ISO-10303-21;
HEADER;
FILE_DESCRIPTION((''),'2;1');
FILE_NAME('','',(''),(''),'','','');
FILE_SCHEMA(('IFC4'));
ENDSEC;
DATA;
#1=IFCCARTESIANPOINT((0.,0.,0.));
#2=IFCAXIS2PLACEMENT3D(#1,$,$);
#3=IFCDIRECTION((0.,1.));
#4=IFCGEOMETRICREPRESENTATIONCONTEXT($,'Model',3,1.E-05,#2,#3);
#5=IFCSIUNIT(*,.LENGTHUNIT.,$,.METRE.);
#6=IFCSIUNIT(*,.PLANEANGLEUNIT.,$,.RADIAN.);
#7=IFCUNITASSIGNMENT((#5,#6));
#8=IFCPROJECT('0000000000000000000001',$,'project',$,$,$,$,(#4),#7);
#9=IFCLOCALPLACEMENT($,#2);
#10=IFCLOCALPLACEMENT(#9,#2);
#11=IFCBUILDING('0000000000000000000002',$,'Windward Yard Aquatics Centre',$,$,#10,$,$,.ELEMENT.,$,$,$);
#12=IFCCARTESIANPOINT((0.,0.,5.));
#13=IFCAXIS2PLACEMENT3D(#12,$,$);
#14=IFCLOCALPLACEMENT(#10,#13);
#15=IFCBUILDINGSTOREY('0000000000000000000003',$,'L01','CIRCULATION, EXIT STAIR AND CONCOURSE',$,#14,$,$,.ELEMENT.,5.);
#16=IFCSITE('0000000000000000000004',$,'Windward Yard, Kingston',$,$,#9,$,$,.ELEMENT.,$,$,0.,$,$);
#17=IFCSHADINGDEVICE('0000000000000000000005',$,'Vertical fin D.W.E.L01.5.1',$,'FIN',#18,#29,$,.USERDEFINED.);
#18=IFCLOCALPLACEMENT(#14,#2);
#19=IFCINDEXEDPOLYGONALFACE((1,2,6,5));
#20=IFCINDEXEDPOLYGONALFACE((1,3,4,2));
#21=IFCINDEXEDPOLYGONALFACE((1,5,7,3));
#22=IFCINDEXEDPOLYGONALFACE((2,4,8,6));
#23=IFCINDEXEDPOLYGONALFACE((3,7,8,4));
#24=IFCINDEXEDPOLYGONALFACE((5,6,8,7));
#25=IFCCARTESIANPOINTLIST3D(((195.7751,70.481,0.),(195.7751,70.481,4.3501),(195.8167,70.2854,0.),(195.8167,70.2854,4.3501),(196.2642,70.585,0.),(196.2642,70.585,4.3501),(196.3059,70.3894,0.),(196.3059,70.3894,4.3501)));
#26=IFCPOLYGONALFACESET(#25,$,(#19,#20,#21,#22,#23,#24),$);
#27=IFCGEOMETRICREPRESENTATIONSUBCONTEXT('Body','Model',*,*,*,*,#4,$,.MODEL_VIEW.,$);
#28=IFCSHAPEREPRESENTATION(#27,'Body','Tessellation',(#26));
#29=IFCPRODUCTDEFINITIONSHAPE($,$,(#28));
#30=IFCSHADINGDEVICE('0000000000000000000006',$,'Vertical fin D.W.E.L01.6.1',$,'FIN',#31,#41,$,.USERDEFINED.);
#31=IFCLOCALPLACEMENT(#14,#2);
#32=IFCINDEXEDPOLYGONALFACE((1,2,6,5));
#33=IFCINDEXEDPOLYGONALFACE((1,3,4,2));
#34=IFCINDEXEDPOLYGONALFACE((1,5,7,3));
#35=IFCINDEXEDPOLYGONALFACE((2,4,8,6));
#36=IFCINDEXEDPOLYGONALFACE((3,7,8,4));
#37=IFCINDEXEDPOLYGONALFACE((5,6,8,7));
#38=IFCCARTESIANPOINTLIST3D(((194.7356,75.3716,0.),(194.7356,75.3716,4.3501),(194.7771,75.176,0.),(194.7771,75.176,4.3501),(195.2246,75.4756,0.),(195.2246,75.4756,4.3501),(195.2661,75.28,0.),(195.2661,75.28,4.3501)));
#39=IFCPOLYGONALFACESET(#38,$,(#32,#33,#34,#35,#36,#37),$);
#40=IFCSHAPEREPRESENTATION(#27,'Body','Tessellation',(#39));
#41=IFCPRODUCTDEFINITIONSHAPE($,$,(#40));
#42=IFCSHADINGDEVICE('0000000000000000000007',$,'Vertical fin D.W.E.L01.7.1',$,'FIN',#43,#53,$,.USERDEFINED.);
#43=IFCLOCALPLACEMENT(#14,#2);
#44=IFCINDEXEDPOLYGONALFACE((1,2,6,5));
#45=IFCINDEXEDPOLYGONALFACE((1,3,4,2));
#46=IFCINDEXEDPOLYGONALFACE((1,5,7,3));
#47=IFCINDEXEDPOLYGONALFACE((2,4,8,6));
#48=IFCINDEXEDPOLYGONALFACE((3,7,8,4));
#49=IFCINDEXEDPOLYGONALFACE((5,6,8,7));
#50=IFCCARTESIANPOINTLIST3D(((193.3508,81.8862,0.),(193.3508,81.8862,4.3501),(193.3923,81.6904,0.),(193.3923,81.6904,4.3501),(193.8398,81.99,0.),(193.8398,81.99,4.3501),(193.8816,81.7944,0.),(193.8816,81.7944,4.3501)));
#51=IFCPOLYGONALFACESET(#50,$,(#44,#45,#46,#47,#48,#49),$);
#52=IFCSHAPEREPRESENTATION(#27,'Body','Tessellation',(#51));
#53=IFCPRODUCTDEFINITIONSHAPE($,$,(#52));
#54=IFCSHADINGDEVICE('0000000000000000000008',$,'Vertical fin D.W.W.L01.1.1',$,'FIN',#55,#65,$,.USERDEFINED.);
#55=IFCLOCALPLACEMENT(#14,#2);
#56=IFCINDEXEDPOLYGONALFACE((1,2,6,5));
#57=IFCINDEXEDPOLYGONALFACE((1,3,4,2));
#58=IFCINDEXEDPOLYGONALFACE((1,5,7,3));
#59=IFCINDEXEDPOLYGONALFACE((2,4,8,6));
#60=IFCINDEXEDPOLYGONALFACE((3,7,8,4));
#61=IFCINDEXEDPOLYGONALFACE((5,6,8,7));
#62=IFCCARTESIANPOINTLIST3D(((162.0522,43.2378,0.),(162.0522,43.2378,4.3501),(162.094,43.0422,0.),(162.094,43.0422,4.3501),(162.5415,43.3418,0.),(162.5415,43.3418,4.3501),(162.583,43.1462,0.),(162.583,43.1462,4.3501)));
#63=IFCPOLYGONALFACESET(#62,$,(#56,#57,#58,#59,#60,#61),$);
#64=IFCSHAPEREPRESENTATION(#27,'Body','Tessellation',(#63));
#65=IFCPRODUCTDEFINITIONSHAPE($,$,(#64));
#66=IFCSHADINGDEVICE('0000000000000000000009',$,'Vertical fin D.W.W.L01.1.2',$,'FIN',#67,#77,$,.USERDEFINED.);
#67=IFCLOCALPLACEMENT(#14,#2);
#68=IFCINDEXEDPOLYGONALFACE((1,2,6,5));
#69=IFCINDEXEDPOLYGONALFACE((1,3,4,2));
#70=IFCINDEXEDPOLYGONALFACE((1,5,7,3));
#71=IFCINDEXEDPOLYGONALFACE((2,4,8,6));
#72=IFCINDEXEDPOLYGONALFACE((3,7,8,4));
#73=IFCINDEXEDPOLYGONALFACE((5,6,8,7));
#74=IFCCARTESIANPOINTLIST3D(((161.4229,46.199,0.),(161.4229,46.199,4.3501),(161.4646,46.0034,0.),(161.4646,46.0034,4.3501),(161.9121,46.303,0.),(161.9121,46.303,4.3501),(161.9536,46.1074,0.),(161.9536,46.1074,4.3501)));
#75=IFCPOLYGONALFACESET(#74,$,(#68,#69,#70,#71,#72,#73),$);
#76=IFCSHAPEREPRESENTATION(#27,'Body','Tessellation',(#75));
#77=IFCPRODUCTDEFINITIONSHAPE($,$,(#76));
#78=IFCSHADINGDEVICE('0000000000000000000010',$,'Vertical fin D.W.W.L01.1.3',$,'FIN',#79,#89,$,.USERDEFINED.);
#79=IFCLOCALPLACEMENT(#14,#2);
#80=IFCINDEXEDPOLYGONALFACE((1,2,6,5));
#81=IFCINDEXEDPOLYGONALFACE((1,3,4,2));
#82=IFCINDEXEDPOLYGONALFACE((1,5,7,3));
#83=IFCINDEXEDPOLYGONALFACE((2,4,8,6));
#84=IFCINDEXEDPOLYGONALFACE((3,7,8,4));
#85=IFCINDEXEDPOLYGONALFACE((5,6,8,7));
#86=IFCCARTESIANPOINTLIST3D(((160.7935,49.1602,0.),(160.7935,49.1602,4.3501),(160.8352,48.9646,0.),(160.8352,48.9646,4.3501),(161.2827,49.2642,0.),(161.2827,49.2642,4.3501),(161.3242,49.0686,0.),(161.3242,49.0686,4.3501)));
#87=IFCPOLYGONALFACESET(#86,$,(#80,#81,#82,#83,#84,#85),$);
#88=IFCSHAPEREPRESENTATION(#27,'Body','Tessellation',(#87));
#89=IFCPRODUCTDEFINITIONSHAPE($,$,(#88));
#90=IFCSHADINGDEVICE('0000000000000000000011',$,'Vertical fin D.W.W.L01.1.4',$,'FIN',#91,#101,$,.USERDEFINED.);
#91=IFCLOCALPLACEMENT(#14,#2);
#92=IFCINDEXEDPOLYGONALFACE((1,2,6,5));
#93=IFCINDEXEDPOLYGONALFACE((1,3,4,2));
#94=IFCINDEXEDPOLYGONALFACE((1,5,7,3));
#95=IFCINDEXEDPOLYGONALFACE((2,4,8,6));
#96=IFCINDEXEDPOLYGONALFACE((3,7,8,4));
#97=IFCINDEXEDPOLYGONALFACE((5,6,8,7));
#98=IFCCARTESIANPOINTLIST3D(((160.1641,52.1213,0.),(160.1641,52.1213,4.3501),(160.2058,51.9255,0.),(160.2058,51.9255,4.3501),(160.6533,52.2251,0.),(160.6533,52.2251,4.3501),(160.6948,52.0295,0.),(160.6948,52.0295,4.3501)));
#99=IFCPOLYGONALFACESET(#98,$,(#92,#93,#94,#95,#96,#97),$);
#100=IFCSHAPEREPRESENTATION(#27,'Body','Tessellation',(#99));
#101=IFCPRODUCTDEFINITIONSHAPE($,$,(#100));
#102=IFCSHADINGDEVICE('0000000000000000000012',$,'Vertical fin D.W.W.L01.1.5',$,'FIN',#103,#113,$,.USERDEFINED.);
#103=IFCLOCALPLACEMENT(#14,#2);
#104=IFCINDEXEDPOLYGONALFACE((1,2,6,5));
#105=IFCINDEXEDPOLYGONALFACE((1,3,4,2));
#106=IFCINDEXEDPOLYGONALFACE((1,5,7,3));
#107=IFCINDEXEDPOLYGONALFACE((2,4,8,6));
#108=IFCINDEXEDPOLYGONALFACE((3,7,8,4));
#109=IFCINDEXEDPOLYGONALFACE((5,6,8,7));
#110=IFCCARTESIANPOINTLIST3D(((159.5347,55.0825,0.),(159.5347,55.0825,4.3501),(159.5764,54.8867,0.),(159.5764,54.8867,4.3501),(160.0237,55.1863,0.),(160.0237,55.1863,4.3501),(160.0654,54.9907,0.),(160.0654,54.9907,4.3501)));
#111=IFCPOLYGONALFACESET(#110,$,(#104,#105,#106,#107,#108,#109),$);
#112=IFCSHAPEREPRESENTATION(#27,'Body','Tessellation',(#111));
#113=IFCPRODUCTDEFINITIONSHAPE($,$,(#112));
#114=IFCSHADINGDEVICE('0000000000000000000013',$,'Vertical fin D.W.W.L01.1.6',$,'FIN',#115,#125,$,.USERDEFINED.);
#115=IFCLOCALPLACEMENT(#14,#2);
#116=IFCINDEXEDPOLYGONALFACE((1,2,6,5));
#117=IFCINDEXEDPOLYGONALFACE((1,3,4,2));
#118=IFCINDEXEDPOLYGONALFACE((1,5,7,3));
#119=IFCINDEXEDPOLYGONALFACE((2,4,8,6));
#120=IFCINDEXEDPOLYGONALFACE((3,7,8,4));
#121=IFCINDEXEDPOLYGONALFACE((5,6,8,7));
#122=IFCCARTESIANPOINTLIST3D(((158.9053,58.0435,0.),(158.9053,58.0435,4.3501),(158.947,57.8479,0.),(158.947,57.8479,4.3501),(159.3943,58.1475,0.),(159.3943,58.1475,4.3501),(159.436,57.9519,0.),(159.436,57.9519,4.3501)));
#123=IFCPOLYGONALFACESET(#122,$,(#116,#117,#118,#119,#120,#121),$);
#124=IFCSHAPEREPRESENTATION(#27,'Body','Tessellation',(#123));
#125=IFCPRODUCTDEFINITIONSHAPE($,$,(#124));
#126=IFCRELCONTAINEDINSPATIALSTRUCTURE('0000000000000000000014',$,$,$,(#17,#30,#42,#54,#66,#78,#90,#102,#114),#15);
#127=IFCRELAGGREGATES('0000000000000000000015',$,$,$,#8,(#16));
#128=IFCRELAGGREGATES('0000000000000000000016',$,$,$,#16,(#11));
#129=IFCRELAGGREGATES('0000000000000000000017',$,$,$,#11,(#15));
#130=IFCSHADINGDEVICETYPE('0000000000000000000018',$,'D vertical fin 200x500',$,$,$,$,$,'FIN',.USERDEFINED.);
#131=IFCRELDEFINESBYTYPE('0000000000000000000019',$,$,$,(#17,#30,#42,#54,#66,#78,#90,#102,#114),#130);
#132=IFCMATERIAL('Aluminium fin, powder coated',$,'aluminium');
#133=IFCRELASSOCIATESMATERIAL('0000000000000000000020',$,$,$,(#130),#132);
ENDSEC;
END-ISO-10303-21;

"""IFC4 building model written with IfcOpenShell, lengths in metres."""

from ifc_helpers import new_model, si_unit, direction, frame, origin, place, context, subcontext, project, spatial, polyline, outline, extrude, material, type_object, element, save


model = new_model("IFC4")

# Units and contexts
model_context = context("Model", 3, precision=1e-05, world=origin(), true_north=direction((0.0, 1.0)))
body_context = subcontext(model_context, "Body", "Model", "MODEL_VIEW")
ifc_project = project(units=[si_unit("LENGTHUNIT", "METRE"), si_unit("PLANEANGLEUNIT", "RADIAN")], contexts=[model_context])

# Site, building, storey
site_placement = place(None, origin())
site = spatial("IfcSite", under=ifc_project, at=site_placement, Name="Windward Yard, Kingston", CompositionType="ELEMENT", RefElevation=0.0)
building_placement = place(site_placement, origin())
building = spatial("IfcBuilding", under=site, at=building_placement, Name="Windward Yard Aquatics Centre", CompositionType="ELEMENT")
storey_placement = place(building_placement, frame((0.0, 0.0, 5.0)))
storey = spatial("IfcBuildingStorey", under=building, at=storey_placement, Name="L01", Description="CIRCULATION, EXIT STAIR AND CONCOURSE", CompositionType="ELEMENT", Elevation=5.0)

# Shading devices
ifc_material = material(Name="Aluminium fin, powder coated", Category="aluminium")
shading_device_type_1 = type_object("IfcShadingDeviceType", Name="D vertical fin 200x500", ElementType="FIN", PredefinedType="USERDEFINED", material=ifc_material)
shading_device_1_placement = place(storey_placement, origin())
element("IfcShadingDevice", 1, at=shading_device_1_placement, inside=storey, type_object=shading_device_type_1, Name="Vertical fin D.W.E.L01.5.1", ObjectType="FIN", PredefinedType="USERDEFINED", context=body_context, shape_type="SweptSolid", body=[
    extrude(outline(polyline([(195.7751, 70.481), (196.2642, 70.585), (196.3059, 70.3894), (195.8167, 70.2854), (195.7751, 70.481)])), origin(), (0.0, 0.0, 1.0), 4.3501),
])
shading_device_2_placement = place(storey_placement, origin())
element("IfcShadingDevice", 2, at=shading_device_2_placement, inside=storey, type_object=shading_device_type_1, Name="Vertical fin D.W.E.L01.6.1", ObjectType="FIN", PredefinedType="USERDEFINED", context=body_context, shape_type="SweptSolid", body=[
    extrude(outline(polyline([(194.7356, 75.3716), (195.2246, 75.4756), (195.2661, 75.28), (194.7771, 75.176), (194.7356, 75.3716)])), origin(), (0.0, 0.0, 1.0), 4.3501),
])
shading_device_3_placement = place(storey_placement, origin())
element("IfcShadingDevice", 3, at=shading_device_3_placement, inside=storey, type_object=shading_device_type_1, Name="Vertical fin D.W.E.L01.7.1", ObjectType="FIN", PredefinedType="USERDEFINED", context=body_context, shape_type="SweptSolid", body=[
    extrude(outline(polyline([(193.3508, 81.8862), (193.8398, 81.99), (193.8816, 81.7944), (193.3923, 81.6904), (193.3508, 81.8862)])), origin(), (0.0, 0.0, 1.0), 4.3501),
])
shading_device_4_placement = place(storey_placement, origin())
element("IfcShadingDevice", 4, at=shading_device_4_placement, inside=storey, type_object=shading_device_type_1, Name="Vertical fin D.W.W.L01.1.1", ObjectType="FIN", PredefinedType="USERDEFINED", context=body_context, shape_type="SweptSolid", body=[
    extrude(outline(polyline([(162.0522, 43.2378), (162.094, 43.0422), (162.583, 43.1462), (162.5415, 43.3418), (162.0522, 43.2378)])), origin(), (0.0, 0.0, 1.0), 4.3501),
])
shading_device_5_placement = place(storey_placement, origin())
element("IfcShadingDevice", 5, at=shading_device_5_placement, inside=storey, type_object=shading_device_type_1, Name="Vertical fin D.W.W.L01.1.2", ObjectType="FIN", PredefinedType="USERDEFINED", context=body_context, shape_type="SweptSolid", body=[
    extrude(outline(polyline([(161.4229, 46.199), (161.4646, 46.0034), (161.9536, 46.1074), (161.9121, 46.303), (161.4229, 46.199)])), origin(), (0.0, 0.0, 1.0), 4.3501),
])
shading_device_6_placement = place(storey_placement, origin())
element("IfcShadingDevice", 6, at=shading_device_6_placement, inside=storey, type_object=shading_device_type_1, Name="Vertical fin D.W.W.L01.1.3", ObjectType="FIN", PredefinedType="USERDEFINED", context=body_context, shape_type="SweptSolid", body=[
    extrude(outline(polyline([(160.7935, 49.1602), (160.8352, 48.9646), (161.3242, 49.0686), (161.2827, 49.2642), (160.7935, 49.1602)])), origin(), (0.0, 0.0, 1.0), 4.3501),
])
shading_device_7_placement = place(storey_placement, origin())
element("IfcShadingDevice", 7, at=shading_device_7_placement, inside=storey, type_object=shading_device_type_1, Name="Vertical fin D.W.W.L01.1.4", ObjectType="FIN", PredefinedType="USERDEFINED", context=body_context, shape_type="SweptSolid", body=[
    extrude(outline(polyline([(160.1641, 52.1213), (160.2058, 51.9255), (160.6948, 52.0295), (160.6533, 52.2251), (160.1641, 52.1213)])), origin(), (0.0, 0.0, 1.0), 4.3501),
])
shading_device_8_placement = place(storey_placement, origin())
element("IfcShadingDevice", 8, at=shading_device_8_placement, inside=storey, type_object=shading_device_type_1, Name="Vertical fin D.W.W.L01.1.5", ObjectType="FIN", PredefinedType="USERDEFINED", context=body_context, shape_type="SweptSolid", body=[
    extrude(outline(polyline([(159.5347, 55.0825), (159.5764, 54.8867), (160.0654, 54.9907), (160.0237, 55.1863), (159.5347, 55.0825)])), origin(), (0.0, 0.0, 1.0), 4.3501),
])
shading_device_9_placement = place(storey_placement, origin())
element("IfcShadingDevice", 9, at=shading_device_9_placement, inside=storey, type_object=shading_device_type_1, Name="Vertical fin D.W.W.L01.1.6", ObjectType="FIN", PredefinedType="USERDEFINED", context=body_context, shape_type="SweptSolid", body=[
    extrude(outline(polyline([(158.9053, 58.0435), (158.947, 57.8479), (159.436, 57.9519), (159.3943, 58.1475), (158.9053, 58.0435)])), origin(), (0.0, 0.0, 1.0), 4.3501),
])

save(model, "model.ifc")
